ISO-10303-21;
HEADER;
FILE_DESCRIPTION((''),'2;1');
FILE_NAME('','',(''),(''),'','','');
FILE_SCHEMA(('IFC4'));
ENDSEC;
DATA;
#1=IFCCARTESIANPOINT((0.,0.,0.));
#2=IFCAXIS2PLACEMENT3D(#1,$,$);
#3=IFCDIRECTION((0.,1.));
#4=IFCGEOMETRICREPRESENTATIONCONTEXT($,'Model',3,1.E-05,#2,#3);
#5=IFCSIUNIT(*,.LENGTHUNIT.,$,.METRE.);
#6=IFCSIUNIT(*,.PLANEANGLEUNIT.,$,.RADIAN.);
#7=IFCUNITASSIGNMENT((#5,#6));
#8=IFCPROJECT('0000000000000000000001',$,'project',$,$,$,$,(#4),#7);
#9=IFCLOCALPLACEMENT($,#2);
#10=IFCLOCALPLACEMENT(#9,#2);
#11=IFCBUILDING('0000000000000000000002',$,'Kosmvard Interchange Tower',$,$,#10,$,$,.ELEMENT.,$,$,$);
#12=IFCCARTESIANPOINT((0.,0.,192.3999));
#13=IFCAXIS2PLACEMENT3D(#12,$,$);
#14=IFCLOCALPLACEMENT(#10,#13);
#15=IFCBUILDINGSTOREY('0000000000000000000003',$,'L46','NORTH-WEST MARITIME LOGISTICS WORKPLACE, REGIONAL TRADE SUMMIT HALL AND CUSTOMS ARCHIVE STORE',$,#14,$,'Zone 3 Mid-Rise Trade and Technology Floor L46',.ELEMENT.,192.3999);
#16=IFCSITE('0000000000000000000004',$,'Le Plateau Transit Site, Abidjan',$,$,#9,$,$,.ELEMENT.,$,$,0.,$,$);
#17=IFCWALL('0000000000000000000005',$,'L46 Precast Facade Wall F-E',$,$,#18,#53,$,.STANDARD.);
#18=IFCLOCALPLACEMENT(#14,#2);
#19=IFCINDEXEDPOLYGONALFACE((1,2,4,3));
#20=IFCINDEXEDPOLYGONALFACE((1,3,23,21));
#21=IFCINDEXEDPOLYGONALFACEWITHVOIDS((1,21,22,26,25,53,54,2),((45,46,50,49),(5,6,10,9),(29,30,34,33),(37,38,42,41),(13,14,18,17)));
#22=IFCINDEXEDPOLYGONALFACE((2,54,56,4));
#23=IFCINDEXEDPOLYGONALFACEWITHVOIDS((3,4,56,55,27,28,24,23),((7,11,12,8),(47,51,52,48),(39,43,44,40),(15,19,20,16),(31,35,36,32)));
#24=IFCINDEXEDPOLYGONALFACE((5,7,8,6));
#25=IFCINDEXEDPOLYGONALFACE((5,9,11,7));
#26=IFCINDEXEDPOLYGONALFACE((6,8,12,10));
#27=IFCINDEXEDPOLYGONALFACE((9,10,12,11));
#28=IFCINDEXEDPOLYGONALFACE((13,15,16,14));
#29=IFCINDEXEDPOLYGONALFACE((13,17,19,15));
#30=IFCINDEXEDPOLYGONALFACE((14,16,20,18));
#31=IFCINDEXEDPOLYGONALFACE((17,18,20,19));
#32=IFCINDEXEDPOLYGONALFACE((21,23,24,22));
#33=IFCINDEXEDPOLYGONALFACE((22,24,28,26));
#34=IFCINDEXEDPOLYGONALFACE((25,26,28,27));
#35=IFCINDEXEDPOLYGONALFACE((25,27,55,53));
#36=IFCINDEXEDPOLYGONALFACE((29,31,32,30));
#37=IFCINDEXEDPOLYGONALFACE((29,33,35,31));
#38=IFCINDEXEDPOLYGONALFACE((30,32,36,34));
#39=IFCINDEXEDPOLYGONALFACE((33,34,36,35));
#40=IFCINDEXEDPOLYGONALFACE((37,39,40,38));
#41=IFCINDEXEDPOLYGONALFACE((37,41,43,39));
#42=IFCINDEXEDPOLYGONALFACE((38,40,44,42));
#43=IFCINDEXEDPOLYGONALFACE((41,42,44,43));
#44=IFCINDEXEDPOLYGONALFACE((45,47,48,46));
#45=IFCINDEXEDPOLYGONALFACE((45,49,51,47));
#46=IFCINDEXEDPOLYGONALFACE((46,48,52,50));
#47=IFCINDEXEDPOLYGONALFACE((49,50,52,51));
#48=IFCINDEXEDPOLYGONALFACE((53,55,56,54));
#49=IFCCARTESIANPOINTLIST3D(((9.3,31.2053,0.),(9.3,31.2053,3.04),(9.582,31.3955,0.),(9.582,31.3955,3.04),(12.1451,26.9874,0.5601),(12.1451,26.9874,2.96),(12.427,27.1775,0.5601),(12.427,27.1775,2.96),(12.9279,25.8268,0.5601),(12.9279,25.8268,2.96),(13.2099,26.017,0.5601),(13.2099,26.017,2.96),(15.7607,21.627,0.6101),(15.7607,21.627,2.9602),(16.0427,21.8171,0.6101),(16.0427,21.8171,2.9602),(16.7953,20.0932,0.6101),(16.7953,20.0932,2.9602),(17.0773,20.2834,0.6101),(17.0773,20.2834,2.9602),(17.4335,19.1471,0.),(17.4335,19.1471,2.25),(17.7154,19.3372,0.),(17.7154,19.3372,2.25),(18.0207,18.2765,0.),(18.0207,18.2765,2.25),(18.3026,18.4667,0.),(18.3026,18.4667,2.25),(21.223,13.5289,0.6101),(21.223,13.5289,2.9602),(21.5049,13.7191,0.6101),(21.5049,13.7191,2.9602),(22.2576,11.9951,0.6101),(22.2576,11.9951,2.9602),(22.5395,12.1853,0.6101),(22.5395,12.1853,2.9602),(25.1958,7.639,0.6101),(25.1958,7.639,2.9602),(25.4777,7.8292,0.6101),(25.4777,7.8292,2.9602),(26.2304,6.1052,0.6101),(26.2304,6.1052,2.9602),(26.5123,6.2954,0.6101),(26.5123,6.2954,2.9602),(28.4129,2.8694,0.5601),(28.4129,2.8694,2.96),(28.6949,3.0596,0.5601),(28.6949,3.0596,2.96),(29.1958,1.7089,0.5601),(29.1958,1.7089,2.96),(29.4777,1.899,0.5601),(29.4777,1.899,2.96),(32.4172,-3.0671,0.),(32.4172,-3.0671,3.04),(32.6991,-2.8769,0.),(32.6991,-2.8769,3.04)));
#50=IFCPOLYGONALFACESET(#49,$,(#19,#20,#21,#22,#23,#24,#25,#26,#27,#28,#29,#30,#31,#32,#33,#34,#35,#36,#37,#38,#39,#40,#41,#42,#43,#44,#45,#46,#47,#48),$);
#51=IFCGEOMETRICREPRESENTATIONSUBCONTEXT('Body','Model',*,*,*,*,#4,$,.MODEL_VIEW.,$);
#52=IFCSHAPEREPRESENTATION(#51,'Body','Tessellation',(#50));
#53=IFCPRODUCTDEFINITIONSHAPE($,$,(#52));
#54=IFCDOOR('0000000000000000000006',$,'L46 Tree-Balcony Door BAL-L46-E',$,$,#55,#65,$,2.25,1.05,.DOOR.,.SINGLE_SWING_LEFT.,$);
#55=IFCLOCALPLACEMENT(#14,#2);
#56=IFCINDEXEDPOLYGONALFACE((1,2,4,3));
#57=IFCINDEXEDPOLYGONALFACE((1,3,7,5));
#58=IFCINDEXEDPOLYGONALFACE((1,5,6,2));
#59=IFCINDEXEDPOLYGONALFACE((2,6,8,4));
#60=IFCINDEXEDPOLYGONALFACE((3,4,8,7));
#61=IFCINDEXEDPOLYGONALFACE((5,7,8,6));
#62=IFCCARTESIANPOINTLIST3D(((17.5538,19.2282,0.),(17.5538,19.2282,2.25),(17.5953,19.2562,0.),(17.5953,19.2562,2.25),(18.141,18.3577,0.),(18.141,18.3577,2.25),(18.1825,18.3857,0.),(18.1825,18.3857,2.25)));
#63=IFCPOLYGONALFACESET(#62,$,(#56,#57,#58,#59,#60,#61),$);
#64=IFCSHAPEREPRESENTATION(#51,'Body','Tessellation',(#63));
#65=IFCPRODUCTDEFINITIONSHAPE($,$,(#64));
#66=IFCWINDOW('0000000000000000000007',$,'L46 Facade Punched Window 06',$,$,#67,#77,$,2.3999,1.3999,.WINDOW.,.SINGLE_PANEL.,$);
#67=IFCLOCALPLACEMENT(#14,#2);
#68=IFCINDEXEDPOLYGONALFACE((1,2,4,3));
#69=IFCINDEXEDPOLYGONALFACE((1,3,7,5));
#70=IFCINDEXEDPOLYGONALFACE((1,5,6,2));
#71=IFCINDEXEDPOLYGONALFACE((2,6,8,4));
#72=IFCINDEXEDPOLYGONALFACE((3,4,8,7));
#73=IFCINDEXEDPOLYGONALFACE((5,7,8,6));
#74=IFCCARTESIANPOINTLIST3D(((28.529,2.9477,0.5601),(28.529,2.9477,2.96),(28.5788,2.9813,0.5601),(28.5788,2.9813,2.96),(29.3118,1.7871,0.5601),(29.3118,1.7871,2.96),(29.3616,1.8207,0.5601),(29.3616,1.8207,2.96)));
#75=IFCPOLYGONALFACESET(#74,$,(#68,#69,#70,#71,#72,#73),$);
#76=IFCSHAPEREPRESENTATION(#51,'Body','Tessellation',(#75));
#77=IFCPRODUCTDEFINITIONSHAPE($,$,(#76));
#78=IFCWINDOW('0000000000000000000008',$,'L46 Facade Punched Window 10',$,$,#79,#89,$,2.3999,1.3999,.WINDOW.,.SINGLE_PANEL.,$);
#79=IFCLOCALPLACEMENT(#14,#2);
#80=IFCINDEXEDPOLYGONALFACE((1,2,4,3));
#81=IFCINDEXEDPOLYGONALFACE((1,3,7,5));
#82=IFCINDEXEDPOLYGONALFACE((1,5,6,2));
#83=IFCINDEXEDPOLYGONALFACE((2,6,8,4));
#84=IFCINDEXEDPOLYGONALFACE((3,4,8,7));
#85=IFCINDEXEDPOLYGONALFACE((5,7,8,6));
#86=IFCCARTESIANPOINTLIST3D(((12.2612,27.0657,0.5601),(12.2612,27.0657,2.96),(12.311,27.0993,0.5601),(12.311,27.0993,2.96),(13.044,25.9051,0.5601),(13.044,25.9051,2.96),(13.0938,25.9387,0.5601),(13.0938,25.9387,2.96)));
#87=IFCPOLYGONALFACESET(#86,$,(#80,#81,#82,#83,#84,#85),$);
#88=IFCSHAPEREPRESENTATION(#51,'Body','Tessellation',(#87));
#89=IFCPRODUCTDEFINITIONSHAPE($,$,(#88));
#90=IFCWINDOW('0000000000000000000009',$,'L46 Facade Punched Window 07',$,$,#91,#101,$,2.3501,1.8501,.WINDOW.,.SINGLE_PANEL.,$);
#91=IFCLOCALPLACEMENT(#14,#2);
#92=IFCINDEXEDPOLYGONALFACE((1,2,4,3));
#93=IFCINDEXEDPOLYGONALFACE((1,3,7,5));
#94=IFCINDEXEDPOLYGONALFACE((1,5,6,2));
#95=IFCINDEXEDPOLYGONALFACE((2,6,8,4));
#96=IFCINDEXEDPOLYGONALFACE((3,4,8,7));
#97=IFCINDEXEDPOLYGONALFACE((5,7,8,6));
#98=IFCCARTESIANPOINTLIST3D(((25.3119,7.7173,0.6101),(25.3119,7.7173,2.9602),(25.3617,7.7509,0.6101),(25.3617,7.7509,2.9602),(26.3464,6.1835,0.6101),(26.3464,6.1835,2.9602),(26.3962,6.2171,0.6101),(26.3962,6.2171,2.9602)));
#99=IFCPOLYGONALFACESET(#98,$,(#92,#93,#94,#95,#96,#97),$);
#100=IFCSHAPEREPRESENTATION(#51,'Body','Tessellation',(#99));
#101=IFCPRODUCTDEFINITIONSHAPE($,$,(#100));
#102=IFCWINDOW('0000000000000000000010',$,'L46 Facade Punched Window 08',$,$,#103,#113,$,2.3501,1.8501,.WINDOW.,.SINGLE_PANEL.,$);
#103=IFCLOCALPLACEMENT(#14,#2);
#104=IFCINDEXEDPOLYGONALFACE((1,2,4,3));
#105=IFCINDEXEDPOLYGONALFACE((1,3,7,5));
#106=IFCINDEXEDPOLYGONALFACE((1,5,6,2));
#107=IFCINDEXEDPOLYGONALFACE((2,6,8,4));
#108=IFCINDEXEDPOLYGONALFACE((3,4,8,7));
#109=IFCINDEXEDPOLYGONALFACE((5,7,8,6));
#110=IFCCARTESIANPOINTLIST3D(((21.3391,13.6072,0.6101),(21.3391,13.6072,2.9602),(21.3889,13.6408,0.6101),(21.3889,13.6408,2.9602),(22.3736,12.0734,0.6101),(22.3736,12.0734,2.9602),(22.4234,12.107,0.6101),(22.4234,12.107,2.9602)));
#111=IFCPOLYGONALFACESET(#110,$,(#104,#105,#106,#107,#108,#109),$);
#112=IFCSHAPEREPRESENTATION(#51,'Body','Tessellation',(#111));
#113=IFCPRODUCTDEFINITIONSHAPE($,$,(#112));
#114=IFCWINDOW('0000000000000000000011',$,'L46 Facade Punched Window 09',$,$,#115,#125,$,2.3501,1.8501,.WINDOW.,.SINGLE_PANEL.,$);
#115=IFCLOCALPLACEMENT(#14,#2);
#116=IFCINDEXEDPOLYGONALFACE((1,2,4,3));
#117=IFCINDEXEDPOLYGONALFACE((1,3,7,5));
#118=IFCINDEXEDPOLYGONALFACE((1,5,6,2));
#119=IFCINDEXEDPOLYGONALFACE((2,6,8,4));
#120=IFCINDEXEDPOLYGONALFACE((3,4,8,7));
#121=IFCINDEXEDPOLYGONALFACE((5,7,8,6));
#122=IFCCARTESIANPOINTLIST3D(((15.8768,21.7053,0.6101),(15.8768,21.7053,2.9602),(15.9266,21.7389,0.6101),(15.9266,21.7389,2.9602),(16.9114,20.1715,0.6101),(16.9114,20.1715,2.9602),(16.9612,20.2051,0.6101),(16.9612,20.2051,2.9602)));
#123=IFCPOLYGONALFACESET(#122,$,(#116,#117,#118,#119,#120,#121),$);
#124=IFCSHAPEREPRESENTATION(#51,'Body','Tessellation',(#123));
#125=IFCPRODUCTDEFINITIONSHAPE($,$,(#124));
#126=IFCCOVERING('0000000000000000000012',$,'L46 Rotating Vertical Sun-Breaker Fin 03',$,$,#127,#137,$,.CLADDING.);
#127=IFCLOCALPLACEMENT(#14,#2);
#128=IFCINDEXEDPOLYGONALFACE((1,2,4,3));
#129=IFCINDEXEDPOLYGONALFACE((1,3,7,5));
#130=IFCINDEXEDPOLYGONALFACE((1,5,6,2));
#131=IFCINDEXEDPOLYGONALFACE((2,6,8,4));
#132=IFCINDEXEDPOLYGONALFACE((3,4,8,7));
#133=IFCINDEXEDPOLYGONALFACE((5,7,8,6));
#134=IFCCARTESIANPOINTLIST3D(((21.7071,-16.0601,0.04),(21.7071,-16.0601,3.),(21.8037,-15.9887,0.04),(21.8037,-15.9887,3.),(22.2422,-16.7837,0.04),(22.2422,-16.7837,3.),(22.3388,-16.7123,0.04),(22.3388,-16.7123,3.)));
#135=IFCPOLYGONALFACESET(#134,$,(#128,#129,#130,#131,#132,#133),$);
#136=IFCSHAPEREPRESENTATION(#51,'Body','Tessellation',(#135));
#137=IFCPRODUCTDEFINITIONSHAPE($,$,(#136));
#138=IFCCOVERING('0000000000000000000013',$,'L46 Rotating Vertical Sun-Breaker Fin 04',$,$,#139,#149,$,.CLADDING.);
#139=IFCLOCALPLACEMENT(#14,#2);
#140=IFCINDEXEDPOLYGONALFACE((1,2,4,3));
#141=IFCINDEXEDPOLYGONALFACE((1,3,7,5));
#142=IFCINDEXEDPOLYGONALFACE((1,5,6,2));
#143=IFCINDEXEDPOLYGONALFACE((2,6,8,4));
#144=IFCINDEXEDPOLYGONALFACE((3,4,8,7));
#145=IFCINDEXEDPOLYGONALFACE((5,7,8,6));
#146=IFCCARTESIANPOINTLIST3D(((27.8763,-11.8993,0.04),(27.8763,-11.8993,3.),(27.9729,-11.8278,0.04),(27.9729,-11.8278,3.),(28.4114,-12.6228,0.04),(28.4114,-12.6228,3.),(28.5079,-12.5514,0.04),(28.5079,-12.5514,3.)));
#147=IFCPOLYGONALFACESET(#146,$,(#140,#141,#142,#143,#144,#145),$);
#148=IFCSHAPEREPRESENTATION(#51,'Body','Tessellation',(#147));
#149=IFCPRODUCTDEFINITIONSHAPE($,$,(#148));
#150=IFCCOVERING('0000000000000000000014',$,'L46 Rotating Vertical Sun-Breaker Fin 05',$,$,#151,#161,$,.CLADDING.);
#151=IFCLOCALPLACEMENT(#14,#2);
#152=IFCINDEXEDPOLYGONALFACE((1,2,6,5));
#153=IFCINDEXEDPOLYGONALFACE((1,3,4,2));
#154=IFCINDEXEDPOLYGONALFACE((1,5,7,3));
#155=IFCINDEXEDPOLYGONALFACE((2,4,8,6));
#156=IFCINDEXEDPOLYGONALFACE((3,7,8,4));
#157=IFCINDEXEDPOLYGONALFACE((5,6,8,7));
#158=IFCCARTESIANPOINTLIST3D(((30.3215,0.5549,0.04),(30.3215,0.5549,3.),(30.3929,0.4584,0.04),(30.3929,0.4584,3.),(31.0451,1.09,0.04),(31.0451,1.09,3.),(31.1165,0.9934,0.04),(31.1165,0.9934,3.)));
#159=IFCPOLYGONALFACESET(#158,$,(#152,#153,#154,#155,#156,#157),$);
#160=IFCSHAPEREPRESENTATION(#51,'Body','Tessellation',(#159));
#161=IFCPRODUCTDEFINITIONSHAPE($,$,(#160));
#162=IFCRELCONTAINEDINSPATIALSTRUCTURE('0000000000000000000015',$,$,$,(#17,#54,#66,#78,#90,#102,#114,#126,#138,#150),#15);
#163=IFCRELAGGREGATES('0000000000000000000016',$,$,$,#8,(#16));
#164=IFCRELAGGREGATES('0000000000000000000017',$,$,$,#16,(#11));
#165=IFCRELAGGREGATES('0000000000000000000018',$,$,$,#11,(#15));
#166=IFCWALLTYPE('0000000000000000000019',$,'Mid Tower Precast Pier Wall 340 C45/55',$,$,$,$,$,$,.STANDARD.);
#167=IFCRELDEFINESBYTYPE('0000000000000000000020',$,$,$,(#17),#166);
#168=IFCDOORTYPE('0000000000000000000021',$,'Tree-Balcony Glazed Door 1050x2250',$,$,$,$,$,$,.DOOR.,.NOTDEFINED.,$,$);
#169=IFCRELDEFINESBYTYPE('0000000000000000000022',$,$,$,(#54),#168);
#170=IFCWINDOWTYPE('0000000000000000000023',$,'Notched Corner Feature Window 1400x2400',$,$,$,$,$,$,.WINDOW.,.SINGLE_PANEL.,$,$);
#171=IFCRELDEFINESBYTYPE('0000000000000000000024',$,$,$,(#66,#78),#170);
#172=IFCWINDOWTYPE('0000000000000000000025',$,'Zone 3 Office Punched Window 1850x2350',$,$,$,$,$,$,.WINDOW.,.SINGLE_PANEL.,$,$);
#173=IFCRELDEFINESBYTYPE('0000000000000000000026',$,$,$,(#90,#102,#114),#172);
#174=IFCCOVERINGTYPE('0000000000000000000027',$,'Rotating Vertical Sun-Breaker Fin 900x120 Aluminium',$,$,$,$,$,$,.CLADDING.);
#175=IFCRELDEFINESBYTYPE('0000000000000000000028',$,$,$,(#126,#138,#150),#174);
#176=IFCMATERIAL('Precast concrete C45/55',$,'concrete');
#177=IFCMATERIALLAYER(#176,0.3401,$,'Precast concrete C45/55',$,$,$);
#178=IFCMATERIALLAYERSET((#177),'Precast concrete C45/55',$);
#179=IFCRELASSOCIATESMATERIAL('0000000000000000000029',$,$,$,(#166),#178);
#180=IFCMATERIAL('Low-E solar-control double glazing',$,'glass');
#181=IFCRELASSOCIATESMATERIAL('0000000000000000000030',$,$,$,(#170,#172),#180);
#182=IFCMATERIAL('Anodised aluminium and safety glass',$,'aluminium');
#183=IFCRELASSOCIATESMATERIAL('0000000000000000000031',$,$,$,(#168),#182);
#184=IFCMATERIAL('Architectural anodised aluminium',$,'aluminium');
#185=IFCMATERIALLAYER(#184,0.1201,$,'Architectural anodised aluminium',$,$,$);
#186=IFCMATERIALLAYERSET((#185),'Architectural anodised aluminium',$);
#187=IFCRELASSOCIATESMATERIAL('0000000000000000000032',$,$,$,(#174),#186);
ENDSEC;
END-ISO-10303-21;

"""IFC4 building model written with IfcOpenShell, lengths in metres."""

from ifc_helpers import new_model, si_unit, direction, frame, frame_2d, origin, origin_2d, place, context, subcontext, project, spatial, rectangle, extrude, source, transform, mapped, material, layer, layer_set, type_object, element, fill, save


model = new_model("IFC4")

# Units and contexts
model_context = context("Model", 3, precision=1e-05, world=origin(), true_north=direction((0.0, 1.0)))
body_context = subcontext(model_context, "Body", "Model", "MODEL_VIEW")
ifc_project = project(units=[si_unit("LENGTHUNIT", "METRE"), si_unit("PLANEANGLEUNIT", "RADIAN")], contexts=[model_context])

# Site, building, storey
site_placement = place(None, origin())
site = spatial("IfcSite", under=ifc_project, at=site_placement, Name="Le Plateau Transit Site, Abidjan", CompositionType="ELEMENT", RefElevation=0.0)
building_placement = place(site_placement, origin())
building = spatial("IfcBuilding", under=site, at=building_placement, Name="Kosmvard Interchange Tower", CompositionType="ELEMENT")
storey_placement = place(building_placement, frame((0.0, 0.0, 192.3999)))
storey = spatial("IfcBuildingStorey", under=building, at=storey_placement, Name="L46", Description="NORTH-WEST MARITIME LOGISTICS WORKPLACE, REGIONAL TRADE SUMMIT HALL AND CUSTOMS ARCHIVE STORE", LongName="Zone 3 Mid-Rise Trade and Technology Floor L46", CompositionType="ELEMENT", Elevation=192.3999)

# Shared definitions
ifc_material_1 = material(Name="Precast concrete C45/55", Category="concrete")

# Shared definitions
ifc_layer_1 = layer(ifc_material_1, 0.3401, Name="Precast concrete C45/55")
ifc_layer_set_1 = layer_set([ifc_layer_1], Name="Precast concrete C45/55")
wall_type_1 = type_object("IfcWallType", Name="Mid Tower Precast Pier Wall 340 C45/55", PredefinedType="STANDARD", material=ifc_layer_set_1)

# Shared definitions
ifc_material_2 = material(Name="Low-E solar-control double glazing", Category="glass")
window_type_1 = type_object("IfcWindowType", Name="Notched Corner Feature Window 1400x2400", PartitioningType="SINGLE_PANEL", PredefinedType="WINDOW", material=ifc_material_2)
shared_shape_1 = source(origin(), body_context, "Body", "SweptSolid", [
    extrude(rectangle(XDim=1.3999, YDim=2.3999, at=frame_2d((0.7, 1.2))), frame((0.0, 0.03, 0.0), z_axis=(0.0, -1.0, 0.0), x_axis=(1.0, 0.0, 0.0)), (0.0, 0.0, 1.0), 0.0601),
])

# Wall, openings, door, windows
wall_1_placement = place(storey_placement, frame((32.5581, -2.9719, 0.0), z_axis=(0.0, 0.0, 1.0), x_axis=(-0.559195, 0.829036, 0.0)))
wall_1 = element("IfcWall", 1, at=wall_1_placement, inside=storey, type_object=wall_type_1, Name="L46 Precast Facade Wall F-E", PredefinedType="STANDARD", context=body_context, shape_type="SweptSolid", body=[
    extrude(rectangle(XDim=41.3401, YDim=0.3401, at=frame_2d((20.6699, 0.0))), origin(), (0.0, 0.0, 1.0), 3.04),
])
opening_1_placement = place(wall_1_placement, frame((25.7451, 0.0, 0.0)))
opening_1 = element("IfcOpeningElement", 2, at=opening_1_placement, cuts=wall_1, PredefinedType="OPENING", context=body_context, shape_type="SweptSolid", body=[
    extrude(rectangle(XDim=1.05, YDim=2.25, at=frame_2d((0.5249, 1.125))), frame((0.0, 0.1802, 0.0), z_axis=(0.0, -1.0, 0.0), x_axis=(1.0, 0.0, 0.0)), (0.0, 0.0, 1.0), 0.3601),
])
opening_2_placement = place(wall_1_placement, frame((5.7607, 0.0, 0.5601)))
opening_2 = element("IfcOpeningElement", 3, at=opening_2_placement, cuts=wall_1, PredefinedType="OPENING", context=body_context, shape_type="SweptSolid", body=[
    extrude(rectangle(XDim=1.3999, YDim=2.3999, at=frame_2d((0.7, 1.2))), frame((0.0, 0.1802, 0.0), z_axis=(0.0, -1.0, 0.0), x_axis=(1.0, 0.0, 0.0)), (0.0, 0.0, 1.0), 0.3601),
])
opening_3_placement = place(wall_1_placement, frame((11.0637, 0.0, 0.6101)))
opening_3 = element("IfcOpeningElement", 4, at=opening_3_placement, cuts=wall_1, PredefinedType="OPENING", context=body_context, shape_type="SweptSolid", body=[
    extrude(rectangle(XDim=1.8501, YDim=2.3501, at=frame_2d((0.925, 1.175))), frame((0.0, 0.1802, 0.0), z_axis=(0.0, -1.0, 0.0), x_axis=(1.0, 0.0, 0.0)), (0.0, 0.0, 1.0), 0.3601),
])
opening_4_placement = place(wall_1_placement, frame((18.1682, 0.0, 0.6101)))
opening_4 = element("IfcOpeningElement", 5, at=opening_4_placement, cuts=wall_1, PredefinedType="OPENING", context=body_context, shape_type="SweptSolid", body=[
    extrude(rectangle(XDim=1.8501, YDim=2.3501, at=frame_2d((0.925, 1.175))), frame((0.0, 0.1802, 0.0), z_axis=(0.0, -1.0, 0.0), x_axis=(1.0, 0.0, 0.0)), (0.0, 0.0, 1.0), 0.3601),
])
opening_5_placement = place(wall_1_placement, frame((27.9363, 0.0, 0.6101)))
opening_5 = element("IfcOpeningElement", 6, at=opening_5_placement, cuts=wall_1, PredefinedType="OPENING", context=body_context, shape_type="SweptSolid", body=[
    extrude(rectangle(XDim=1.8501, YDim=2.3501, at=frame_2d((0.925, 1.175))), frame((0.0, 0.1802, 0.0), z_axis=(0.0, -1.0, 0.0), x_axis=(1.0, 0.0, 0.0)), (0.0, 0.0, 1.0), 0.3601),
])
opening_6_placement = place(wall_1_placement, frame((34.8523, 0.0, 0.5601)))
opening_6 = element("IfcOpeningElement", 7, at=opening_6_placement, cuts=wall_1, PredefinedType="OPENING", context=body_context, shape_type="SweptSolid", body=[
    extrude(rectangle(XDim=1.3999, YDim=2.3999, at=frame_2d((0.7, 1.2))), frame((0.0, 0.1802, 0.0), z_axis=(0.0, -1.0, 0.0), x_axis=(1.0, 0.0, 0.0)), (0.0, 0.0, 1.0), 0.3601),
])
ifc_material_3 = material(Name="Anodised aluminium and safety glass", Category="aluminium")
door_type = type_object("IfcDoorType", Name="Tree-Balcony Glazed Door 1050x2250", OperationType="NOTDEFINED", PredefinedType="DOOR", material=ifc_material_3)
shared_shape_2 = source(origin(), body_context, "Body", "SweptSolid", [
    extrude(rectangle(XDim=1.05, YDim=2.25, at=frame_2d((0.5249, 1.125))), frame((0.0, 0.0249, 0.0), z_axis=(0.0, -1.0, 0.0), x_axis=(1.0, 0.0, 0.0)), (0.0, 0.0, 1.0), 0.05),
])
door_placement = place(opening_1_placement, origin())
door = element("IfcDoor", 8, at=door_placement, inside=storey, type_object=door_type, Name="L46 Tree-Balcony Door BAL-L46-E", OperationType="SINGLE_SWING_LEFT", OverallHeight=2.25, OverallWidth=1.05, PredefinedType="DOOR", context=body_context, shape_type="MappedRepresentation", body=[
    mapped(shared_shape_2, transform((0.0, 0.0, 0.0), scale=1.0)),
])
fill(opening_1, door)
window_1_placement = place(opening_2_placement, origin())
window_1 = element("IfcWindow", 9, at=window_1_placement, inside=storey, type_object=window_type_1, Name="L46 Facade Punched Window 06", OverallHeight=2.3999, OverallWidth=1.3999, PartitioningType="SINGLE_PANEL", PredefinedType="WINDOW", context=body_context, shape_type="MappedRepresentation", body=[
    mapped(shared_shape_1, transform((0.0, 0.0, 0.0), scale=1.0)),
])
fill(opening_2, window_1)
window_2_placement = place(opening_6_placement, origin())
window_2 = element("IfcWindow", 10, at=window_2_placement, inside=storey, type_object=window_type_1, Name="L46 Facade Punched Window 10", OverallHeight=2.3999, OverallWidth=1.3999, PartitioningType="SINGLE_PANEL", PredefinedType="WINDOW", context=body_context, shape_type="MappedRepresentation", body=[
    mapped(shared_shape_1, transform((0.0, 0.0, 0.0), scale=1.0)),
])
fill(opening_6, window_2)
window_type_2 = type_object("IfcWindowType", Name="Zone 3 Office Punched Window 1850x2350", PartitioningType="SINGLE_PANEL", PredefinedType="WINDOW", material=ifc_material_2)
shared_shape_3 = source(origin(), body_context, "Body", "SweptSolid", [
    extrude(rectangle(XDim=1.8501, YDim=2.3501, at=frame_2d((0.925, 1.175))), frame((0.0, 0.03, 0.0), z_axis=(0.0, -1.0, 0.0), x_axis=(1.0, 0.0, 0.0)), (0.0, 0.0, 1.0), 0.0601),
])
window_3_placement = place(opening_3_placement, origin())
window_3 = element("IfcWindow", 11, at=window_3_placement, inside=storey, type_object=window_type_2, Name="L46 Facade Punched Window 07", OverallHeight=2.3501, OverallWidth=1.8501, PartitioningType="SINGLE_PANEL", PredefinedType="WINDOW", context=body_context, shape_type="MappedRepresentation", body=[
    mapped(shared_shape_3, transform((0.0, 0.0, 0.0), scale=1.0)),
])
fill(opening_3, window_3)
window_4_placement = place(opening_4_placement, origin())
window_4 = element("IfcWindow", 12, at=window_4_placement, inside=storey, type_object=window_type_2, Name="L46 Facade Punched Window 08", OverallHeight=2.3501, OverallWidth=1.8501, PartitioningType="SINGLE_PANEL", PredefinedType="WINDOW", context=body_context, shape_type="MappedRepresentation", body=[
    mapped(shared_shape_3, transform((0.0, 0.0, 0.0), scale=1.0)),
])
fill(opening_4, window_4)
window_5_placement = place(opening_5_placement, origin())
window_5 = element("IfcWindow", 13, at=window_5_placement, inside=storey, type_object=window_type_2, Name="L46 Facade Punched Window 09", OverallHeight=2.3501, OverallWidth=1.8501, PartitioningType="SINGLE_PANEL", PredefinedType="WINDOW", context=body_context, shape_type="MappedRepresentation", body=[
    mapped(shared_shape_3, transform((0.0, 0.0, 0.0), scale=1.0)),
])
fill(opening_5, window_5)

# Coverings
ifc_material_4 = material(Name="Architectural anodised aluminium", Category="aluminium")
ifc_layer_2 = layer(ifc_material_4, 0.1201, Name="Architectural anodised aluminium")
ifc_layer_set_2 = layer_set([ifc_layer_2], Name="Architectural anodised aluminium")
covering_type = type_object("IfcCoveringType", Name="Rotating Vertical Sun-Breaker Fin 900x120 Aluminium", PredefinedType="CLADDING", material=ifc_layer_set_2)
shared_shape_4 = source(origin(), body_context, "Body", "SweptSolid", [
    extrude(rectangle(XDim=0.8999, YDim=0.1201, at=origin_2d()), origin(), (0.0, 0.0, 1.0), 2.96),
])
for number, where, z_axis, x_axis, name in (
    (14, (22.0229, -16.3862, 0.04), (0.0, 0.0, 1.0), (0.594542, -0.804064, 0.0), "L46 Rotating Vertical Sun-Breaker Fin 03"),
    (15, (28.1921, -12.2253, 0.04), (0.0, 0.0, 1.0), (0.594542, -0.804064, 0.0), "L46 Rotating Vertical Sun-Breaker Fin 04"),
    (16, (30.719, 0.7742, 0.04), (0.0, 0.0, 1.0), (0.804064, 0.594542, 0.0), "L46 Rotating Vertical Sun-Breaker Fin 05"),
):
    element("IfcCovering", number, at=place(storey_placement, frame(where, z_axis=z_axis, x_axis=x_axis)), inside=storey, type_object=covering_type, Name=name, PredefinedType="CLADDING", context=body_context, shape_type="MappedRepresentation", body=[
        mapped(shared_shape_4, transform((0.0, 0.0, 0.0), scale=1.0)),
    ])

save(model, "model.ifc")
